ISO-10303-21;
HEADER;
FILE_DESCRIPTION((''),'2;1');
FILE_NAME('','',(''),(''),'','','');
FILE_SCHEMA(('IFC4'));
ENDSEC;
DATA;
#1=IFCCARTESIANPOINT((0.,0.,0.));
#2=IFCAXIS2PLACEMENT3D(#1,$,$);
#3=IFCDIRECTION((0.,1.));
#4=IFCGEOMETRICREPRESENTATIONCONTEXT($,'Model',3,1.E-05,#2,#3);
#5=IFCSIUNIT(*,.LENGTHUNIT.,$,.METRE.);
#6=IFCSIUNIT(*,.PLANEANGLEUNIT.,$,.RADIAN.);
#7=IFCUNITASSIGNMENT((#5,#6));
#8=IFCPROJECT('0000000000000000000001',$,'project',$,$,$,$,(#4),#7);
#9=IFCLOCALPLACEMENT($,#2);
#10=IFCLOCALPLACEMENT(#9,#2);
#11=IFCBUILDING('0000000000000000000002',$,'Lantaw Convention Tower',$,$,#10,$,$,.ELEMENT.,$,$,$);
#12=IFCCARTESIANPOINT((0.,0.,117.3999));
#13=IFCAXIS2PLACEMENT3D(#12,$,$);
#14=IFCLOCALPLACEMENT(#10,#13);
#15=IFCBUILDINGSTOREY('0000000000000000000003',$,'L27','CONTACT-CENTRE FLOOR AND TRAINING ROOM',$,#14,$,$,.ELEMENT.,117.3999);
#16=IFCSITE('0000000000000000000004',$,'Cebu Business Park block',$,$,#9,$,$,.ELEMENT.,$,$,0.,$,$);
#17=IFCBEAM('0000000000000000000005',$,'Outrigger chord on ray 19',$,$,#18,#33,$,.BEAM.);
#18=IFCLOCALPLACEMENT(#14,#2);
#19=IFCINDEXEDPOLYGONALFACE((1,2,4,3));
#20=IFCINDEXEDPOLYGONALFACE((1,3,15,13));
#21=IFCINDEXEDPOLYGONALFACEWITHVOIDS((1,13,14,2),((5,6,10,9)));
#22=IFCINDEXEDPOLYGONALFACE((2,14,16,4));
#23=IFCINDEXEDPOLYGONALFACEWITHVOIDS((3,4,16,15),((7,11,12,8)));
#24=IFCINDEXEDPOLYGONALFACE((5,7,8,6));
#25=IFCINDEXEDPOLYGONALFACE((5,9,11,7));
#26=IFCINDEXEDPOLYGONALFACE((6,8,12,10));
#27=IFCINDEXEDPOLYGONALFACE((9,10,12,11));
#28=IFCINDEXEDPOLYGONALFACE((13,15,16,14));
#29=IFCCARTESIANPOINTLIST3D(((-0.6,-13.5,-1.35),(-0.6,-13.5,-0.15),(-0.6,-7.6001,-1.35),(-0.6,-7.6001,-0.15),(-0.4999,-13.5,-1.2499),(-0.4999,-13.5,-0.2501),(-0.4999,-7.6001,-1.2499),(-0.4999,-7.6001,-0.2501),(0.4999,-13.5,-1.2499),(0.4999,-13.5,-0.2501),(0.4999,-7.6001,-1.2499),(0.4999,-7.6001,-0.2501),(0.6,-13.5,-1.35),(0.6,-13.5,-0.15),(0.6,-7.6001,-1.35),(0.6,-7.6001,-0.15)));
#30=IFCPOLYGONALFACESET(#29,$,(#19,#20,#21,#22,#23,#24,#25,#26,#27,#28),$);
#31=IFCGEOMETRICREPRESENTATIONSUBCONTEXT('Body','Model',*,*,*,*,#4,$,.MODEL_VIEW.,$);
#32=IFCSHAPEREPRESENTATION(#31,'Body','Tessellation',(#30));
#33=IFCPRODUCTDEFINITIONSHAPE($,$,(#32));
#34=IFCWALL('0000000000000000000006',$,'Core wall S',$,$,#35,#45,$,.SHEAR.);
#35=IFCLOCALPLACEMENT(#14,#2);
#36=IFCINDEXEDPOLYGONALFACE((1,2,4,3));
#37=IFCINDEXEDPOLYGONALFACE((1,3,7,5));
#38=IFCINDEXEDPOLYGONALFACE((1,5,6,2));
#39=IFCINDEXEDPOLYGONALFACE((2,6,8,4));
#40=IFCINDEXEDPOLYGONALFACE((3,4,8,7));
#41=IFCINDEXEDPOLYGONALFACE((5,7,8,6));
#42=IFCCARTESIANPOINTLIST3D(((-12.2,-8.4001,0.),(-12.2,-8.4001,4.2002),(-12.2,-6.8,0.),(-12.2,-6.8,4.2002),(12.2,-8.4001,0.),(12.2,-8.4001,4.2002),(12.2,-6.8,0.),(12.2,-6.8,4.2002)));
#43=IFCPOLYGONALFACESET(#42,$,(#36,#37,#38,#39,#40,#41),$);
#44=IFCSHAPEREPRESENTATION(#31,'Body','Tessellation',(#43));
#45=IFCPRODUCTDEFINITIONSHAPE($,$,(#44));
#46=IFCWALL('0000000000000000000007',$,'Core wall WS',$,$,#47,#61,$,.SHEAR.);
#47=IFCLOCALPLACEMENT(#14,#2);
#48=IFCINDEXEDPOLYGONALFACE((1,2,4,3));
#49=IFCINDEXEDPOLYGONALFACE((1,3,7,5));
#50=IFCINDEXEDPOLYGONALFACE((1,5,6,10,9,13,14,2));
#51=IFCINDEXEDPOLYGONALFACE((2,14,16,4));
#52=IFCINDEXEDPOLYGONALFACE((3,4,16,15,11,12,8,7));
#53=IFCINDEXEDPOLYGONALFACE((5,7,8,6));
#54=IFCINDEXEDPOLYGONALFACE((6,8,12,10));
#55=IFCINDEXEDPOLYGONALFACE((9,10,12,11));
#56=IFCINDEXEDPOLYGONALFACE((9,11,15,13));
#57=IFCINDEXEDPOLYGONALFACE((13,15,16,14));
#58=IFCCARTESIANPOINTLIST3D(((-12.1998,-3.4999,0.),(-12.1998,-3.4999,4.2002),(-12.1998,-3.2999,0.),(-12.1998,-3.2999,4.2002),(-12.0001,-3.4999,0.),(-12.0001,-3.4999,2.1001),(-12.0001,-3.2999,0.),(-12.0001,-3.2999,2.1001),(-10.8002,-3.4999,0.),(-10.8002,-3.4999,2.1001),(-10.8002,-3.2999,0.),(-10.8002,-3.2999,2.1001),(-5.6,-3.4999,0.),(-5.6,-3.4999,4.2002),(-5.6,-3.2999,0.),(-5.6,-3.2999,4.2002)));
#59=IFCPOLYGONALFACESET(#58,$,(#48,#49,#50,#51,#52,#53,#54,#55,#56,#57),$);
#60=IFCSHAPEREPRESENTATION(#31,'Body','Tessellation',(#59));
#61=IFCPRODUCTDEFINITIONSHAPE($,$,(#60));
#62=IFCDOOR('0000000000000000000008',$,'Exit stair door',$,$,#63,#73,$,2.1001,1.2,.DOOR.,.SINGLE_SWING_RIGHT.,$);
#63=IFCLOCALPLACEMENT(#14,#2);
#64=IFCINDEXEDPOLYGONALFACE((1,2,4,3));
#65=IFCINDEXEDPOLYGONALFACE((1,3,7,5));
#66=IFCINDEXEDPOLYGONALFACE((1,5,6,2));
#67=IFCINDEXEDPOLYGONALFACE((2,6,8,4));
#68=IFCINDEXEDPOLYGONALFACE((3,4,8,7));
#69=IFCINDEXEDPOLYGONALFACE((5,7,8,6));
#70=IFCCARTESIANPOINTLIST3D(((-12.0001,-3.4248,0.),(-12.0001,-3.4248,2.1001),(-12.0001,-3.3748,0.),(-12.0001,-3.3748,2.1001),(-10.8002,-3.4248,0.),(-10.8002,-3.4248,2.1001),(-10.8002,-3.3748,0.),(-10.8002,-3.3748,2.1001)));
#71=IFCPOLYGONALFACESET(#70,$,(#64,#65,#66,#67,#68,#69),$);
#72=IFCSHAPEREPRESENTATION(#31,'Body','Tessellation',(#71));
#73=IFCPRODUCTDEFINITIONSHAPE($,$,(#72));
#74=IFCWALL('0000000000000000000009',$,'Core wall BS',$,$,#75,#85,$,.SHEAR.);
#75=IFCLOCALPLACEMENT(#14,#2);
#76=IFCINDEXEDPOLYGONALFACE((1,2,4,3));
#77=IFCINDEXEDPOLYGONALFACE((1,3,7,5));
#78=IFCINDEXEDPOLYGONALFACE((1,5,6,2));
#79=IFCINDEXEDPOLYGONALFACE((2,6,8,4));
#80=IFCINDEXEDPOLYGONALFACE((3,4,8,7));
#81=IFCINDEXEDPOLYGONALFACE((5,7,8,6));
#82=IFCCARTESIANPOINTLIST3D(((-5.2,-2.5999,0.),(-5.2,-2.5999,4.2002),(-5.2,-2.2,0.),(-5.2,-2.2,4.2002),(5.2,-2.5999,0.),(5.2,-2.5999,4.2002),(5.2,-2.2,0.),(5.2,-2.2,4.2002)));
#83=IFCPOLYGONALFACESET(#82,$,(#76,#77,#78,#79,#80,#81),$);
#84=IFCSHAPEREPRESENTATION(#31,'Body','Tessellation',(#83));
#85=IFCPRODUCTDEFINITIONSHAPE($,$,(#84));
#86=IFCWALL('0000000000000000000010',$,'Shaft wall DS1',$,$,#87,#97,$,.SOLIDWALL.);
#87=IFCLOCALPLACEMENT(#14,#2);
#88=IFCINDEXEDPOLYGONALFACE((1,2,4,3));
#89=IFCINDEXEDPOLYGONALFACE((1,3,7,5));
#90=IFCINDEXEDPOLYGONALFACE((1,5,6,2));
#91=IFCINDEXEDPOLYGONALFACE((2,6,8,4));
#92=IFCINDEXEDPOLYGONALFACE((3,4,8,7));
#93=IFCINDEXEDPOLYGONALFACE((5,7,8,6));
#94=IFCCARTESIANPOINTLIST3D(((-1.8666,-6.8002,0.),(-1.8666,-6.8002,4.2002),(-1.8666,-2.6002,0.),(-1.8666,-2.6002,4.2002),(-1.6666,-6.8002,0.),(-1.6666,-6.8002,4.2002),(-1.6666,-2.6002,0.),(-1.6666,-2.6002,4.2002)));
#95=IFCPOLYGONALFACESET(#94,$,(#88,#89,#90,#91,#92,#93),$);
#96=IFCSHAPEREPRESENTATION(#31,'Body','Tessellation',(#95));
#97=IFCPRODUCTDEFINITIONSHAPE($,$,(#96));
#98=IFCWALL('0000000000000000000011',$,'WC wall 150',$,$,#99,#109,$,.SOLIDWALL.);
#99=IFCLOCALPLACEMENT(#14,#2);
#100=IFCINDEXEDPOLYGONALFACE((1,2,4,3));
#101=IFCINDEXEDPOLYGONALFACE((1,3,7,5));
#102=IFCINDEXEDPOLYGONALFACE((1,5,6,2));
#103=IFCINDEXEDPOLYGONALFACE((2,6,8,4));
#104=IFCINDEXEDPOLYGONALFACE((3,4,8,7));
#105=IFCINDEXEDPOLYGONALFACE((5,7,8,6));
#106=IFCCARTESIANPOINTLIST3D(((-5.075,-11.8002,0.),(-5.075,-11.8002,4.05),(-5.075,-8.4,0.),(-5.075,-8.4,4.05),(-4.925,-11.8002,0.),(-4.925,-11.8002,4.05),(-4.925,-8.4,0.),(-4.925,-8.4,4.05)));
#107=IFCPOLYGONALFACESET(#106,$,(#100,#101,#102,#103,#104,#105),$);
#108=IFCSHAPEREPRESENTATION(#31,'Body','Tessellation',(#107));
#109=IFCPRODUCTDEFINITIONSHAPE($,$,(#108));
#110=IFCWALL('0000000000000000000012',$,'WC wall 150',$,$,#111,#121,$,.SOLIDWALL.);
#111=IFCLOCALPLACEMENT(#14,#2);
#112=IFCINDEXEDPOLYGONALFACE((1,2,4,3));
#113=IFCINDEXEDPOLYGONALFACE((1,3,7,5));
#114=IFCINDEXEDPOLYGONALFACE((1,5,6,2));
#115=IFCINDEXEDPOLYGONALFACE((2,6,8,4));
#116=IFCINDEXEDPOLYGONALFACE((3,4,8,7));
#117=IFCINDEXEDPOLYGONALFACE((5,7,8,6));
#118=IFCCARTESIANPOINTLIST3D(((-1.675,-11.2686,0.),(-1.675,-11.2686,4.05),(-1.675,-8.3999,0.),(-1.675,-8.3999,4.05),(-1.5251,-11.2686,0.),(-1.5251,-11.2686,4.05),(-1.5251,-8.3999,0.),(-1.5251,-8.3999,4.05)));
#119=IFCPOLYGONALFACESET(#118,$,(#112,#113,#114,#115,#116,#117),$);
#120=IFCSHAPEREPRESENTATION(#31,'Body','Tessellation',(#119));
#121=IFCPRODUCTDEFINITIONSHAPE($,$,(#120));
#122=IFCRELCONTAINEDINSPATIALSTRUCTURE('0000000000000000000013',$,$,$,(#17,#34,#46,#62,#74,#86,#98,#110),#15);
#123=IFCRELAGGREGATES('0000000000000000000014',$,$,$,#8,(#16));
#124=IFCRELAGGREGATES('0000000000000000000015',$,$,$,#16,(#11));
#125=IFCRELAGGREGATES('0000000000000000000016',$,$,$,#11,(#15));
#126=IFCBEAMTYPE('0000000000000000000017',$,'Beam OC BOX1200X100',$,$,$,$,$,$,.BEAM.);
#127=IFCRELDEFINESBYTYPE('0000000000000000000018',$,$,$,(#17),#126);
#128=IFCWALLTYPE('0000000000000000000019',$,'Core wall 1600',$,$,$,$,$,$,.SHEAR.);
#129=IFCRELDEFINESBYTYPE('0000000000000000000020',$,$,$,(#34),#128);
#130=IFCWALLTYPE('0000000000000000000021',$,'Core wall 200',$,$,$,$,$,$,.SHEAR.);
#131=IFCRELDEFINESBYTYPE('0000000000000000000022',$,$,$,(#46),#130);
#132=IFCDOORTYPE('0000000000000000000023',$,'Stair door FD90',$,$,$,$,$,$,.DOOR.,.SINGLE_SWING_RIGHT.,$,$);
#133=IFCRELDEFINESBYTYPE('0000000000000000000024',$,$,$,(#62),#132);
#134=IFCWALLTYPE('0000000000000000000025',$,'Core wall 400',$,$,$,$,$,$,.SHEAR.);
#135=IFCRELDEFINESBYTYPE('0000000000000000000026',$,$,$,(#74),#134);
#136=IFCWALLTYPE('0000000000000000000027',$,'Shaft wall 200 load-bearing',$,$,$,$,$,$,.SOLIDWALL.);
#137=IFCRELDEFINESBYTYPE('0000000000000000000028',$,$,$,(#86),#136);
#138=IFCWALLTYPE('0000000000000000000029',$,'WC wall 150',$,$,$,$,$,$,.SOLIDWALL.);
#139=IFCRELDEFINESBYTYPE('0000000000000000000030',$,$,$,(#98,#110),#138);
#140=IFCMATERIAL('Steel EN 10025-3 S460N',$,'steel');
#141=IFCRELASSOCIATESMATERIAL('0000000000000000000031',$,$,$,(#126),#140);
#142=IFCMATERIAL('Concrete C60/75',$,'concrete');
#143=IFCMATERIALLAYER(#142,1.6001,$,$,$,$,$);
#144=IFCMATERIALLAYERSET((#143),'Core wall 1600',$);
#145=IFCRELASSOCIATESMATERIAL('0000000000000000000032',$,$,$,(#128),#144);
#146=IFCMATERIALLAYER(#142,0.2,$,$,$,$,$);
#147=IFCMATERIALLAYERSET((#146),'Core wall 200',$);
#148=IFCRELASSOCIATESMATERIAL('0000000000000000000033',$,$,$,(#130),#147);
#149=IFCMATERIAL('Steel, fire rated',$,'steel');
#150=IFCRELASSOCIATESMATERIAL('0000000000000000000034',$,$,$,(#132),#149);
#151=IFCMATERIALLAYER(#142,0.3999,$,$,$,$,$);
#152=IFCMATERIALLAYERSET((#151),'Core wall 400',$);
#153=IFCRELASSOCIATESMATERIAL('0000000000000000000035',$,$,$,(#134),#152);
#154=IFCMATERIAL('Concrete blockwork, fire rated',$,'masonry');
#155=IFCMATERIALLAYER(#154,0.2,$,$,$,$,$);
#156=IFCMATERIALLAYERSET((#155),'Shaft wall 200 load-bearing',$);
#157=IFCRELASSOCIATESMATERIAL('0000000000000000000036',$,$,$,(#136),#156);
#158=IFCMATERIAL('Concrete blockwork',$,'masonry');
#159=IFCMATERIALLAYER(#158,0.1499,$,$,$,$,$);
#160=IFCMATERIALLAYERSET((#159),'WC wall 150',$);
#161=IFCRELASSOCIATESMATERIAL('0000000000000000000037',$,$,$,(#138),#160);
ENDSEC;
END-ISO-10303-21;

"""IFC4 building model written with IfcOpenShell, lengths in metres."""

from ifc_helpers import new_model, si_unit, direction, frame, frame_2d, origin, origin_2d, place, context, subcontext, project, spatial, rectangle, hollow_rectangle, extrude, material, layer, layer_set, material_profile, profile_set, type_object, element, fill, save


model = new_model("IFC4")

# Units and contexts
model_context = context("Model", 3, precision=1e-05, world=origin(), true_north=direction((0.0, 1.0)))
body_context = subcontext(model_context, "Body", "Model", "MODEL_VIEW")
ifc_project = project(units=[si_unit("LENGTHUNIT", "METRE"), si_unit("PLANEANGLEUNIT", "RADIAN")], contexts=[model_context])

# Site, building, storey
site_placement = place(None, origin())
site = spatial("IfcSite", under=ifc_project, at=site_placement, Name="Cebu Business Park block", CompositionType="ELEMENT", RefElevation=0.0)
building_placement = place(site_placement, origin())
building = spatial("IfcBuilding", under=site, at=building_placement, Name="Lantaw Convention Tower", CompositionType="ELEMENT")
storey_placement = place(building_placement, frame((0.0, 0.0, 117.3999)))
storey = spatial("IfcBuildingStorey", under=building, at=storey_placement, Name="L27", Description="CONTACT-CENTRE FLOOR AND TRAINING ROOM", CompositionType="ELEMENT", Elevation=117.3999)

# Beam
ifc_material_1 = material(Name="Steel EN 10025-3 S460N", Category="steel")
ifc_material_profile_1 = material_profile(ifc_material_1, hollow_rectangle(XDim=1.2, YDim=1.2, WallThickness=0.1001, at=origin_2d()), Name="BOX1200X100")
ifc_profile_set_1 = profile_set([ifc_material_profile_1], Name="Steel EN 10025-3 S460N")
beam_type_1 = type_object("IfcBeamType", Name="Beam OC BOX1200X100", PredefinedType="BEAM", material=ifc_profile_set_1)
beam_1_placement = place(storey_placement, frame((0.0, -7.6001, -0.75), z_axis=(0.0, -1.0, 0.0), x_axis=(1.0, 0.0, 0.0)))
element("IfcBeam", 1, at=beam_1_placement, inside=storey, type_object=beam_type_1, Name="Outrigger chord on ray 19", PredefinedType="BEAM", context=body_context, shape_type="SweptSolid", body=[
    extrude(hollow_rectangle(XDim=1.2, YDim=1.2, WallThickness=0.1001, at=origin_2d()), origin(), (0.0, 0.0, 1.0), 5.8999),
])

# Wall
ifc_material_2 = material(Name="Concrete C60/75", Category="concrete")
ifc_layer_1 = layer(ifc_material_2, 1.6001)
ifc_layer_set_1 = layer_set([ifc_layer_1], Name="Core wall 1600")
wall_type_1 = type_object("IfcWallType", Name="Core wall 1600", PredefinedType="SHEAR", material=ifc_layer_set_1)
wall_1_placement = place(storey_placement, frame((-12.2, -7.6001, 0.0), z_axis=(0.0, 0.0, 1.0), x_axis=(1.0, 0.0, 0.0)))
element("IfcWall", 2, at=wall_1_placement, inside=storey, type_object=wall_type_1, Name="Core wall S", PredefinedType="SHEAR", context=body_context, shape_type="SweptSolid", body=[
    extrude(rectangle(XDim=24.3999, YDim=1.6001, at=frame_2d((12.2, 0.0))), origin(), (0.0, 0.0, 1.0), 4.2002),
])

# Wall, opening, door
ifc_layer_2 = layer(ifc_material_2, 0.2)
ifc_layer_set_2 = layer_set([ifc_layer_2], Name="Core wall 200")
wall_type_2 = type_object("IfcWallType", Name="Core wall 200", PredefinedType="SHEAR", material=ifc_layer_set_2)
wall_2_placement = place(storey_placement, frame((-5.6001, -3.3999, 0.0), z_axis=(0.0, 0.0, 1.0), x_axis=(-1.0, 0.0, 0.0)))
wall_2 = element("IfcWall", 3, at=wall_2_placement, inside=storey, type_object=wall_type_2, Name="Core wall WS", PredefinedType="SHEAR", context=body_context, shape_type="SweptSolid", body=[
    extrude(rectangle(XDim=6.5999, YDim=0.2, at=frame_2d((3.2998, 0.0))), origin(), (0.0, 0.0, 1.0), 4.2002),
])
opening_placement = place(wall_2_placement, frame((5.2, 0.0, 0.0)))
opening = element("IfcOpeningElement", 4, at=opening_placement, cuts=wall_2, PredefinedType="OPENING", context=body_context, shape_type="SweptSolid", body=[
    extrude(rectangle(XDim=1.2, YDim=2.1001, at=frame_2d((0.6001, 1.05))), frame((0.0, 0.1099, 0.0), z_axis=(0.0, -1.0, 0.0), x_axis=(1.0, 0.0, 0.0)), (0.0, 0.0, 1.0), 0.22),
])
ifc_material_3 = material(Name="Steel, fire rated", Category="steel")
door_type = type_object("IfcDoorType", Name="Stair door FD90", OperationType="SINGLE_SWING_RIGHT", PredefinedType="DOOR", material=ifc_material_3)
door_placement = place(opening_placement, origin())
door = element("IfcDoor", 5, at=door_placement, inside=storey, type_object=door_type, Name="Exit stair door", OperationType="SINGLE_SWING_RIGHT", OverallHeight=2.1001, OverallWidth=1.2, PredefinedType="DOOR", context=body_context, shape_type="SweptSolid", body=[
    extrude(rectangle(XDim=1.2, YDim=2.1001, at=frame_2d((0.6001, 1.05))), frame((0.0, 0.0249, 0.0), z_axis=(0.0, -1.0, 0.0), x_axis=(1.0, 0.0, 0.0)), (0.0, 0.0, 1.0), 0.05),
])
fill(opening, door)

# Walls
ifc_layer_3 = layer(ifc_material_2, 0.3999)
ifc_layer_set_3 = layer_set([ifc_layer_3], Name="Core wall 400")
wall_type_3 = type_object("IfcWallType", Name="Core wall 400", PredefinedType="SHEAR", material=ifc_layer_set_3)
wall_3_placement = place(storey_placement, frame((-5.2, -2.3999, 0.0), z_axis=(0.0, 0.0, 1.0), x_axis=(1.0, 0.0, 0.0)))
element("IfcWall", 6, at=wall_3_placement, inside=storey, type_object=wall_type_3, Name="Core wall BS", PredefinedType="SHEAR", context=body_context, shape_type="SweptSolid", body=[
    extrude(rectangle(XDim=10.3999, YDim=0.3999, at=frame_2d((5.2, 0.0))), origin(), (0.0, 0.0, 1.0), 4.2002),
])
ifc_material_4 = material(Name="Concrete blockwork, fire rated", Category="masonry")
ifc_layer_4 = layer(ifc_material_4, 0.2)
ifc_layer_set_4 = layer_set([ifc_layer_4], Name="Shaft wall 200 load-bearing")
wall_type_4 = type_object("IfcWallType", Name="Shaft wall 200 load-bearing", PredefinedType="SOLIDWALL", material=ifc_layer_set_4)
wall_4_placement = place(storey_placement, frame((-1.7666, -2.6001, 0.0), z_axis=(0.0, 0.0, 1.0), x_axis=(0.0, -1.0, 0.0)))
element("IfcWall", 7, at=wall_4_placement, inside=storey, type_object=wall_type_4, Name="Shaft wall DS1", PredefinedType="SOLIDWALL", context=body_context, shape_type="SweptSolid", body=[
    extrude(rectangle(XDim=4.2, YDim=0.2, at=frame_2d((2.1001, 0.0))), origin(), (0.0, 0.0, 1.0), 4.2002),
])
ifc_material_5 = material(Name="Concrete blockwork", Category="masonry")
ifc_layer_5 = layer(ifc_material_5, 0.1499)
ifc_layer_set_5 = layer_set([ifc_layer_5], Name="WC wall 150")
wall_type_5 = type_object("IfcWallType", Name="WC wall 150", PredefinedType="SOLIDWALL", material=ifc_layer_set_5)
wall_5_placement = place(storey_placement, frame((-5.0, -8.3999, 0.0), z_axis=(0.0, 0.0, 1.0), x_axis=(0.0, -1.0, 0.0)))
element("IfcWall", 8, at=wall_5_placement, inside=storey, type_object=wall_type_5, Name="WC wall 150", PredefinedType="SOLIDWALL", context=body_context, shape_type="SweptSolid", body=[
    extrude(rectangle(XDim=3.4001, YDim=0.1499, at=frame_2d((1.7002, 0.0))), origin(), (0.0, 0.0, 1.0), 4.05),
])
wall_6_placement = place(storey_placement, frame((-1.6001, -8.3999, 0.0), z_axis=(0.0, 0.0, 1.0), x_axis=(0.0, -1.0, 0.0)))
element("IfcWall", 9, at=wall_6_placement, inside=storey, type_object=wall_type_5, Name="WC wall 150", PredefinedType="SOLIDWALL", context=body_context, shape_type="SweptSolid", body=[
    extrude(rectangle(XDim=2.8687, YDim=0.1499, at=frame_2d((1.4343, 0.0))), origin(), (0.0, 0.0, 1.0), 4.05),
])

save(model, "model.ifc")
